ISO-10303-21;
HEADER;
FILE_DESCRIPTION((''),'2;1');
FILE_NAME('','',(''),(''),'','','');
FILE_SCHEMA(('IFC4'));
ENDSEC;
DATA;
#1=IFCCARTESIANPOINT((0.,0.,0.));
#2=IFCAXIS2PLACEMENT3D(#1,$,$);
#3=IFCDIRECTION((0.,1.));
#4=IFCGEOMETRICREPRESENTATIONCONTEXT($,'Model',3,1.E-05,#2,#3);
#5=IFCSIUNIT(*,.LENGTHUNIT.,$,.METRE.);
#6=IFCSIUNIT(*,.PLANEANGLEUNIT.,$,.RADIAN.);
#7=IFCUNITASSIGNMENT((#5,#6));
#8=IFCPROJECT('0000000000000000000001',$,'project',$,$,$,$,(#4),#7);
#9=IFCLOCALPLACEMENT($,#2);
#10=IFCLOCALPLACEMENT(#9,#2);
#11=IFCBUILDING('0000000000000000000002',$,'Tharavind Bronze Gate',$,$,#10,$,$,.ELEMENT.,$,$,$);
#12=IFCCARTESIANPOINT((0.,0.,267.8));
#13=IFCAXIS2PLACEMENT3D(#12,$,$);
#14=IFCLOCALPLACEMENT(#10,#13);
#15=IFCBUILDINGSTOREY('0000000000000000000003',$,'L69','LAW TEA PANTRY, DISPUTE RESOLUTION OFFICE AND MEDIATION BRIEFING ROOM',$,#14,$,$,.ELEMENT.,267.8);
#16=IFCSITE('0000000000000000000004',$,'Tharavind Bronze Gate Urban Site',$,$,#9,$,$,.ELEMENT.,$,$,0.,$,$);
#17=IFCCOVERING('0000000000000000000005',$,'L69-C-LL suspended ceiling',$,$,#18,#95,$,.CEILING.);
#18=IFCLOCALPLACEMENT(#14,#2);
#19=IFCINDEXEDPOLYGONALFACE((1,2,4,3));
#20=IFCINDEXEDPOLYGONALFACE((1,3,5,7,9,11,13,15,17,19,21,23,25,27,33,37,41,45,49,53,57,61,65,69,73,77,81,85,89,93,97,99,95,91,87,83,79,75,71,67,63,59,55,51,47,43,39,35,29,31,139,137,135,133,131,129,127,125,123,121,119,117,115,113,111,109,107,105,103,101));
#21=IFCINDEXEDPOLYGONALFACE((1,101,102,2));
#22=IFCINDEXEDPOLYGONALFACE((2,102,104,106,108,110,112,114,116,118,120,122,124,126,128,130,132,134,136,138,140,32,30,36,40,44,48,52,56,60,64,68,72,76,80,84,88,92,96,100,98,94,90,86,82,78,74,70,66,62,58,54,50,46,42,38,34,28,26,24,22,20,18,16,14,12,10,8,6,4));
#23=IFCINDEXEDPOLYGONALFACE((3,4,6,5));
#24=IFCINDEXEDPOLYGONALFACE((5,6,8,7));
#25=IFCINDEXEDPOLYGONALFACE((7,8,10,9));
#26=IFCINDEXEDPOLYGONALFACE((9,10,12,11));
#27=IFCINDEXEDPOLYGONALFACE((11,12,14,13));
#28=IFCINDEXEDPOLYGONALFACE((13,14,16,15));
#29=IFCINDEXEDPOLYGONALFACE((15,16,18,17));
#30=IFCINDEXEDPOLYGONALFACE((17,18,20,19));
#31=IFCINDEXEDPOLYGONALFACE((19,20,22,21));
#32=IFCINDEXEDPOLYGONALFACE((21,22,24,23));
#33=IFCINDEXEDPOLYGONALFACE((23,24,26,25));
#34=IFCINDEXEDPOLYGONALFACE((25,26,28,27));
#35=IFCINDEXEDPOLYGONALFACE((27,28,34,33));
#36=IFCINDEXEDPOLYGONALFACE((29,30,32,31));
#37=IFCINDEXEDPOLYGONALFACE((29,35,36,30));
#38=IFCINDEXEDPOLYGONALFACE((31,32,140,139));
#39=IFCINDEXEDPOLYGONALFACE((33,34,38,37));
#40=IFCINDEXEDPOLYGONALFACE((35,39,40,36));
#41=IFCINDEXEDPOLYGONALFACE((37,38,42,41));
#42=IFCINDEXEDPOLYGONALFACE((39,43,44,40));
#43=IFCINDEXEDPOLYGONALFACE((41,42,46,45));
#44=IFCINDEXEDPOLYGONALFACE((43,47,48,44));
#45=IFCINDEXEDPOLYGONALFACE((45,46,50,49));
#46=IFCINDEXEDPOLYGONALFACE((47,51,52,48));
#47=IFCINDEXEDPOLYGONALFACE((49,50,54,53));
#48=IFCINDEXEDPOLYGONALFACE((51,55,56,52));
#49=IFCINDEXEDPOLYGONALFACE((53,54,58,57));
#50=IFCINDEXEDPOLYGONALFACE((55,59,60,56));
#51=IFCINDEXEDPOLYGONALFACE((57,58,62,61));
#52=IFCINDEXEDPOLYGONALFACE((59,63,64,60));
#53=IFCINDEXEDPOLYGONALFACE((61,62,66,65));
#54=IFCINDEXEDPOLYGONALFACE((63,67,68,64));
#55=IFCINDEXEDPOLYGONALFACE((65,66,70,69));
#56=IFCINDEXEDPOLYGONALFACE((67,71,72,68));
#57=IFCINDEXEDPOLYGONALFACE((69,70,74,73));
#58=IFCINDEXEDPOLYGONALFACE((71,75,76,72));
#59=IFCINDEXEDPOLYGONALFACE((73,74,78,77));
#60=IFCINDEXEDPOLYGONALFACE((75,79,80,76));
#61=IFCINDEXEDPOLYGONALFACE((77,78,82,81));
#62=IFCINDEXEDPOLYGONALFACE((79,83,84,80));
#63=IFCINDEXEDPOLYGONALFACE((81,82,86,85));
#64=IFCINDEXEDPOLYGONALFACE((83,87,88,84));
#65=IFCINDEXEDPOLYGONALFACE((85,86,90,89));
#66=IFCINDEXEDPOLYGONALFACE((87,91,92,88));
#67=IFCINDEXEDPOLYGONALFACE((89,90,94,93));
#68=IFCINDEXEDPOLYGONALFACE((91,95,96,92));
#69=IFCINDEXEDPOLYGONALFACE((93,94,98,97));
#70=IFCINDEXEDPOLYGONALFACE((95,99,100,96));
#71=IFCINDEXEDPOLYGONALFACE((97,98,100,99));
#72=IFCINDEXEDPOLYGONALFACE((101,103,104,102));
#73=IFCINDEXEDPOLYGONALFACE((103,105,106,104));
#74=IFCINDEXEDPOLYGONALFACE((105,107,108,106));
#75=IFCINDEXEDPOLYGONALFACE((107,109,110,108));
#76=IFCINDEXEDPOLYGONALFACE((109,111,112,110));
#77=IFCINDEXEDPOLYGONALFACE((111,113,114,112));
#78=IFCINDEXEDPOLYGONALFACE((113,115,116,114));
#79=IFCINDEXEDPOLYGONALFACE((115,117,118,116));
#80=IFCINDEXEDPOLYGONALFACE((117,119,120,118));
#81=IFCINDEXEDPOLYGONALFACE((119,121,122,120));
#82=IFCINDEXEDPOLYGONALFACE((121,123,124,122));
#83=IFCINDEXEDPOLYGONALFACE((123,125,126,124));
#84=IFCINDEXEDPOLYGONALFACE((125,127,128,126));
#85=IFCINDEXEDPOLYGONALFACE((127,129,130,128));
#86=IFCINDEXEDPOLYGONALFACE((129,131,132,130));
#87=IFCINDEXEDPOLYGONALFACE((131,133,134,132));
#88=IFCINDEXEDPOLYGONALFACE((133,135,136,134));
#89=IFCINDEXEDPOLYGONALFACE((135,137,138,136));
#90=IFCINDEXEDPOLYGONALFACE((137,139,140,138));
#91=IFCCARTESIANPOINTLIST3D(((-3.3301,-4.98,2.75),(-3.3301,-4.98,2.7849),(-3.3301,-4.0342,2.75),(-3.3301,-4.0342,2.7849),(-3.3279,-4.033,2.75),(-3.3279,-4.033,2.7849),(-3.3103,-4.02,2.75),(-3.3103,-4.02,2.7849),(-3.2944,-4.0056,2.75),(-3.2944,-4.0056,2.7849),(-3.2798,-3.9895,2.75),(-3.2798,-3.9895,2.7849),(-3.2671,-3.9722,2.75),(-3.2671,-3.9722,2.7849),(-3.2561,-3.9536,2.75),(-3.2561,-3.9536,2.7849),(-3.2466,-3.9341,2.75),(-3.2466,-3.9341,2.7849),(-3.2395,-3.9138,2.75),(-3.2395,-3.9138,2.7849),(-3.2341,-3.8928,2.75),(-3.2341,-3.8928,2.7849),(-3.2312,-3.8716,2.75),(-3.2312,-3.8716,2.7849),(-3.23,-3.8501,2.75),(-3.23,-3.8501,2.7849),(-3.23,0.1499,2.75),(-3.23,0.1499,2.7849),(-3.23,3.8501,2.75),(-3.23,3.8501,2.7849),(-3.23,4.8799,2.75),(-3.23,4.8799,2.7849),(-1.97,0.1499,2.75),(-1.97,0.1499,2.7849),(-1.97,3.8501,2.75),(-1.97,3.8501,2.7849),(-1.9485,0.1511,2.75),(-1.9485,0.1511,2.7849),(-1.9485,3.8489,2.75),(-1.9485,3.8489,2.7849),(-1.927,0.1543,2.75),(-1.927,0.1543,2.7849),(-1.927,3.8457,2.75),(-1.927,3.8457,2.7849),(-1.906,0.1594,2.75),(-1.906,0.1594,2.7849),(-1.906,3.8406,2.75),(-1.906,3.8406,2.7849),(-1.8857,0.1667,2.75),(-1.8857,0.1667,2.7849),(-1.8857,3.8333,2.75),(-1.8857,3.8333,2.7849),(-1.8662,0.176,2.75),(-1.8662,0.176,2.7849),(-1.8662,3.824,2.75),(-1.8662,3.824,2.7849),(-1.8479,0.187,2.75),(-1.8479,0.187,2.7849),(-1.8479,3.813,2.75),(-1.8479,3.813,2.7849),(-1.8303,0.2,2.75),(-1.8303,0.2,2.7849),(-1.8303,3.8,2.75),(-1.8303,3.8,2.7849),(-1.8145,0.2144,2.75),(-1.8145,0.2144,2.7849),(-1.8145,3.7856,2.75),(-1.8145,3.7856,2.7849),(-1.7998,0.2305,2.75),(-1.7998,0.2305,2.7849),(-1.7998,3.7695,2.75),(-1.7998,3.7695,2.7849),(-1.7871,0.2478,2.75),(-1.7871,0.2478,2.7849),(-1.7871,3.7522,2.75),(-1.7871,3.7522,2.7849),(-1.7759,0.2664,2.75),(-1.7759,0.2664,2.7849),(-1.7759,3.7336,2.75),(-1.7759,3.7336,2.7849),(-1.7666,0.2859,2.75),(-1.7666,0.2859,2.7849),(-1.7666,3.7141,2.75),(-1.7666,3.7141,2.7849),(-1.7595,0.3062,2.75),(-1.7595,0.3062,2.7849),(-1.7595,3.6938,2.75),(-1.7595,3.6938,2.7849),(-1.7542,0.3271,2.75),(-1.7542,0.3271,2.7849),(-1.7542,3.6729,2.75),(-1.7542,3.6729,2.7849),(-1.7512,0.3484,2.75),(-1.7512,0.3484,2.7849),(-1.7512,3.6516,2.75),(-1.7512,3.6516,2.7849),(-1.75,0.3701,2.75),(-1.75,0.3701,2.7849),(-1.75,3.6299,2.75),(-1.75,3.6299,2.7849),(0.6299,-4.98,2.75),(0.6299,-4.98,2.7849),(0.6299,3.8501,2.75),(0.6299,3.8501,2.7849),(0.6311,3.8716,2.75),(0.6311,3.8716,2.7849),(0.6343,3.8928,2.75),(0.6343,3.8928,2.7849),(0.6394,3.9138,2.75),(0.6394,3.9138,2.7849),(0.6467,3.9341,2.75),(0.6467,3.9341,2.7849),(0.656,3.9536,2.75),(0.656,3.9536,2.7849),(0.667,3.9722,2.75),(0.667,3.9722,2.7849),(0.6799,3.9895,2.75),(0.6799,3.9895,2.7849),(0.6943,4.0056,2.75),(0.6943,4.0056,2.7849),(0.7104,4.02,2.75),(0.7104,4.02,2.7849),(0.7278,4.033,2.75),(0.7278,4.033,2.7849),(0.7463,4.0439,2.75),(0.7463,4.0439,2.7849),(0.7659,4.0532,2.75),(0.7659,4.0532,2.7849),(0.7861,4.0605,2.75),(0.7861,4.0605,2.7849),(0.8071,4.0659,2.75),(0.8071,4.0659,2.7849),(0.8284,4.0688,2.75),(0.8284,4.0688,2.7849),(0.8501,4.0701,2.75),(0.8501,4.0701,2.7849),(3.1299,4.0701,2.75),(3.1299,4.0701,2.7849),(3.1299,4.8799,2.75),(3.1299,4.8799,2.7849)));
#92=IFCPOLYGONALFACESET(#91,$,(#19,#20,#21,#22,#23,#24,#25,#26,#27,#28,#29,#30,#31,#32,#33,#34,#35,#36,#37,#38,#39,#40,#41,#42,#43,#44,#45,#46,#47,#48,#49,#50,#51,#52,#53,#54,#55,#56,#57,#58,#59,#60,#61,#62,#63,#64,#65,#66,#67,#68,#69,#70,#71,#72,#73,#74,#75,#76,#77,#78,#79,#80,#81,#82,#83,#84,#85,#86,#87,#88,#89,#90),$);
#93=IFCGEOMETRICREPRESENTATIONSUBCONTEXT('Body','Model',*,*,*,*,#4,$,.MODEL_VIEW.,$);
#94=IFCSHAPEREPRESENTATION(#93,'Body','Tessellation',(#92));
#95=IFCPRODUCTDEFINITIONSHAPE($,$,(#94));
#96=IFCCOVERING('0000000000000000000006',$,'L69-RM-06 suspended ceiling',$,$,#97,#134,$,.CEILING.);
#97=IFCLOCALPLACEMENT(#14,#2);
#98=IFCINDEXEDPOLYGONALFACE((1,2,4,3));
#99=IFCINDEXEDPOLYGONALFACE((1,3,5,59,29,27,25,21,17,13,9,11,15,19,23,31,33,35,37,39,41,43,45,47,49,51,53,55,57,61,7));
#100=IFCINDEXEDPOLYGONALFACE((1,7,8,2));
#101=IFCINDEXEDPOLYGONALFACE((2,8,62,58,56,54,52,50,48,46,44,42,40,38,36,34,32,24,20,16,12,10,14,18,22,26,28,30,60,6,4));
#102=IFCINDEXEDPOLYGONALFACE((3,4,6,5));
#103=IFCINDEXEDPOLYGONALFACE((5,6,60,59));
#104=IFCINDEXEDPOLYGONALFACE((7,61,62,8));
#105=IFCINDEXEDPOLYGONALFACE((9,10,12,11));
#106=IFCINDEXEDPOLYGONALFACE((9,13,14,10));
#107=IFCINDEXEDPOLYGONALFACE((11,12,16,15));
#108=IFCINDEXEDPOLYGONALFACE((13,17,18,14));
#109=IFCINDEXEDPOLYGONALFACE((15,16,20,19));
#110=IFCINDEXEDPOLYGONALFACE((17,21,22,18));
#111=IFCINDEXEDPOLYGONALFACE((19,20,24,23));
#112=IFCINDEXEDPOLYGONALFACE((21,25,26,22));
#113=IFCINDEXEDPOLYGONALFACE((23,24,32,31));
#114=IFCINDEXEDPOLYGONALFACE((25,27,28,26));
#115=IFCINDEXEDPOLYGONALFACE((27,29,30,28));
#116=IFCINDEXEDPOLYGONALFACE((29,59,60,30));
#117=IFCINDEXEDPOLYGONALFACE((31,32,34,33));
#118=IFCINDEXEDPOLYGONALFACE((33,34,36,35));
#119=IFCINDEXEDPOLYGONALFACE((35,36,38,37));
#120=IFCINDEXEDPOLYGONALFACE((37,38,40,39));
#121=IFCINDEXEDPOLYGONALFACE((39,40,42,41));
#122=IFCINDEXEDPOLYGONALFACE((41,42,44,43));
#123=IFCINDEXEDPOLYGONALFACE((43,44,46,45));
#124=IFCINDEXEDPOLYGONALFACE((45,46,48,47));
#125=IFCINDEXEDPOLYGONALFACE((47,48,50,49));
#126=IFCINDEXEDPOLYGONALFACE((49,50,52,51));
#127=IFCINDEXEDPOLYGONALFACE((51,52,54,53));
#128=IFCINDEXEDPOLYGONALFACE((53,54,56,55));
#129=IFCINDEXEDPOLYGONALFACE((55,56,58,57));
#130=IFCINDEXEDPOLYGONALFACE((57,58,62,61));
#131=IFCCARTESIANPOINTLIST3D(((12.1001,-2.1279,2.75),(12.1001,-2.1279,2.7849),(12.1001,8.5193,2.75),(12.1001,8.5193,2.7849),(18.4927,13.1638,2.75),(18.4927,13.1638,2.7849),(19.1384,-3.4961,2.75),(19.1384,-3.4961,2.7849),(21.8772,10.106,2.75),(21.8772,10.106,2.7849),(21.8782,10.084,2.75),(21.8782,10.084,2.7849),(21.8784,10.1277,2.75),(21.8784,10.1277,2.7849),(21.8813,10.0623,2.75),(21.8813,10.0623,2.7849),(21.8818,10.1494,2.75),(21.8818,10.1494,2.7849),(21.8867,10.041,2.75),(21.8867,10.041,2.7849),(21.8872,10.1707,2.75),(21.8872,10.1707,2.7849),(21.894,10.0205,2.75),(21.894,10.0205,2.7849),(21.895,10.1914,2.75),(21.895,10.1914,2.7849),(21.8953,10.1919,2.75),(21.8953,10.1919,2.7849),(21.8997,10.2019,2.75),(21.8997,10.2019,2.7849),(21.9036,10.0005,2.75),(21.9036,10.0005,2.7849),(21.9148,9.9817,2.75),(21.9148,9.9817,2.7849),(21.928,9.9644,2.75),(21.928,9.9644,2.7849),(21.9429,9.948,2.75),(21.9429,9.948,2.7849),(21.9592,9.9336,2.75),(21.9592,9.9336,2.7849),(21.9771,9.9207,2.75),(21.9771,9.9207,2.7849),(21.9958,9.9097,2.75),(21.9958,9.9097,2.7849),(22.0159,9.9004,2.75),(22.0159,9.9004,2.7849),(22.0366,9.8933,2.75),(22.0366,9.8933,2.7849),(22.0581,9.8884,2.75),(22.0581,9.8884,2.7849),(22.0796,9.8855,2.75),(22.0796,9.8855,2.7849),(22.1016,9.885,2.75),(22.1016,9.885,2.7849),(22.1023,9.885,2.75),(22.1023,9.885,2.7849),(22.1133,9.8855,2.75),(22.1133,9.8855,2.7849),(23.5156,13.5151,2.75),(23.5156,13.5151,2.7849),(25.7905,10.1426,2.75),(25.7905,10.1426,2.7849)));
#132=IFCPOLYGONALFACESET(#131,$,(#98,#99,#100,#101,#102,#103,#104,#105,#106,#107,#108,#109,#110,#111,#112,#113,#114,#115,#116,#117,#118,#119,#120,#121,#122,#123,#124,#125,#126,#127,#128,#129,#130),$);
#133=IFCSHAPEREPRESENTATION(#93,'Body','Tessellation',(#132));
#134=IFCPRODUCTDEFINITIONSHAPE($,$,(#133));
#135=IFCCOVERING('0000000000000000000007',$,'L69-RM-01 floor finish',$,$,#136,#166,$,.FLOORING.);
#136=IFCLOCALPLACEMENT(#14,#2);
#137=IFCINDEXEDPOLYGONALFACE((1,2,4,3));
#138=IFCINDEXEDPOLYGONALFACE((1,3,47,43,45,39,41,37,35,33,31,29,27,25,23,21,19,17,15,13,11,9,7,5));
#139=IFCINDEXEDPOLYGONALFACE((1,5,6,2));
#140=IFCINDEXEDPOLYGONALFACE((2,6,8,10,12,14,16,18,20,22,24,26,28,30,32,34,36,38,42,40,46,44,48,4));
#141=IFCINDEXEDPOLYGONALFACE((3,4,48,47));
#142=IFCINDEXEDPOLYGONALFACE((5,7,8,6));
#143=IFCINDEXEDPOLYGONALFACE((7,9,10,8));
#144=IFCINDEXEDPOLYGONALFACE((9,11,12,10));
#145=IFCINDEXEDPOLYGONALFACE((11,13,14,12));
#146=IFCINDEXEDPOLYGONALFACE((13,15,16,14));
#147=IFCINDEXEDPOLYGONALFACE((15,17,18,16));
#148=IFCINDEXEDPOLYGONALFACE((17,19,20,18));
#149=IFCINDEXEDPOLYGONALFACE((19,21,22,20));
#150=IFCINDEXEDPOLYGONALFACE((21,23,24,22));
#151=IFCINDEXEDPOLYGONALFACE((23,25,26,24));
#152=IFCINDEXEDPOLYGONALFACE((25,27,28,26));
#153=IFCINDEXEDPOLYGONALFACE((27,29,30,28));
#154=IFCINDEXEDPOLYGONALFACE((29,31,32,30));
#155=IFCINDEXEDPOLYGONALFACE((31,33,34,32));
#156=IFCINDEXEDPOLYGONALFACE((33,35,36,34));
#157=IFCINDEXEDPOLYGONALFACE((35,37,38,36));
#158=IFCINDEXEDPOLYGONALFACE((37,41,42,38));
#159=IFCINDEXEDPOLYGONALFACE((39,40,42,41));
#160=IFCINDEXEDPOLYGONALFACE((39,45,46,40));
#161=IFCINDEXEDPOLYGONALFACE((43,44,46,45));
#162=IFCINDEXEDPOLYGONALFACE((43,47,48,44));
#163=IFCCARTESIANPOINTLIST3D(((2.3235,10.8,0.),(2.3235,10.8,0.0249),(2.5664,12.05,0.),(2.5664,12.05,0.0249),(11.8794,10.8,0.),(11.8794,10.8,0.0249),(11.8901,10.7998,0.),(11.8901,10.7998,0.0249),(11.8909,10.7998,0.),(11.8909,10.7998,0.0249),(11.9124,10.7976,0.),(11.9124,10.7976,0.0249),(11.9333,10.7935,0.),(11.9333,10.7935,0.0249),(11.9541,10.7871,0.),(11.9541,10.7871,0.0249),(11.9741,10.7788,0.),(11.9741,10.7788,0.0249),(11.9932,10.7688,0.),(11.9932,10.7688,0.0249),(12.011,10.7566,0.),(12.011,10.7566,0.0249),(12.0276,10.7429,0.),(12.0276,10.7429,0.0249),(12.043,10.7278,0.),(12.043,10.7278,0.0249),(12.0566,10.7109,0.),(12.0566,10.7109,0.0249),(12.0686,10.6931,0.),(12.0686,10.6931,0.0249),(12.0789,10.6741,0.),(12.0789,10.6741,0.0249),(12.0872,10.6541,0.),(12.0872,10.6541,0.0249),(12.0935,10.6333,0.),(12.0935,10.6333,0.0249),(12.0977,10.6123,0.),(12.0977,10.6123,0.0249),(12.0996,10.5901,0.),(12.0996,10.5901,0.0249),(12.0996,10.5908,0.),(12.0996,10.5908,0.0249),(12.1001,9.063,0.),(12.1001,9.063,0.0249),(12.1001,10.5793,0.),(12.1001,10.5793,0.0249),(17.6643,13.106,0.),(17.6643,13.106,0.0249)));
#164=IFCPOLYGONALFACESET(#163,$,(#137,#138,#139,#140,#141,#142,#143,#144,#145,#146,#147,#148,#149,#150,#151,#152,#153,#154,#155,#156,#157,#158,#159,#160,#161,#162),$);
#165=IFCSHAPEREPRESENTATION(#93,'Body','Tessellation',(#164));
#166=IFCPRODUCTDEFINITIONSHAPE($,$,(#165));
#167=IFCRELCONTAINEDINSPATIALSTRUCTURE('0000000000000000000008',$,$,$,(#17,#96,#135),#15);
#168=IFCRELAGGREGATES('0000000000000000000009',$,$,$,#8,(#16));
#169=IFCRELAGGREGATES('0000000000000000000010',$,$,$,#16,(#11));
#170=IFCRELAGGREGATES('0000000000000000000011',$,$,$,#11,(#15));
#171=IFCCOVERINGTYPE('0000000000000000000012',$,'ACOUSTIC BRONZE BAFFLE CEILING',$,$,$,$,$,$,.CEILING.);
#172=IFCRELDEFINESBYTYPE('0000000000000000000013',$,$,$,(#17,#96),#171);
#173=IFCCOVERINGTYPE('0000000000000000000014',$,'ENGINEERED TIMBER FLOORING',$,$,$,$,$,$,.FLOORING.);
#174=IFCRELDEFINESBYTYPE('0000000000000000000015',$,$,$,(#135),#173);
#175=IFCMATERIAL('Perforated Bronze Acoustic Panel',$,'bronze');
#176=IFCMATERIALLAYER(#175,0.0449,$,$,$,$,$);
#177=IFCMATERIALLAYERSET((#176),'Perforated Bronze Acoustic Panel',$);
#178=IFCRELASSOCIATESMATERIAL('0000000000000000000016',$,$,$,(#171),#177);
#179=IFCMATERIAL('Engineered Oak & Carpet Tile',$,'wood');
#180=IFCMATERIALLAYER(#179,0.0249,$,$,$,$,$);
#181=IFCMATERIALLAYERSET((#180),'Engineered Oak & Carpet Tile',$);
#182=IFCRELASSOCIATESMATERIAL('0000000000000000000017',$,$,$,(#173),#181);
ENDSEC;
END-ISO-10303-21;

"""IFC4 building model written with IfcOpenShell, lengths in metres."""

from ifc_helpers import new_model, si_unit, direction, frame, origin, place, context, subcontext, project, spatial, polyline, outline, extrude, material, layer, layer_set, type_object, element, save


model = new_model("IFC4")

# Units and contexts
model_context = context("Model", 3, precision=1e-05, world=origin(), true_north=direction((0.0, 1.0)))
body_context = subcontext(model_context, "Body", "Model", "MODEL_VIEW")
ifc_project = project(units=[si_unit("LENGTHUNIT", "METRE"), si_unit("PLANEANGLEUNIT", "RADIAN")], contexts=[model_context])

# Site, building, storey
site_placement = place(None, origin())
site = spatial("IfcSite", under=ifc_project, at=site_placement, Name="Tharavind Bronze Gate Urban Site", CompositionType="ELEMENT", RefElevation=0.0)
building_placement = place(site_placement, origin())
building = spatial("IfcBuilding", under=site, at=building_placement, Name="Tharavind Bronze Gate", CompositionType="ELEMENT")
storey_placement = place(building_placement, frame((0.0, 0.0, 267.8)))
storey = spatial("IfcBuildingStorey", under=building, at=storey_placement, Name="L69", Description="LAW TEA PANTRY, DISPUTE RESOLUTION OFFICE AND MEDIATION BRIEFING ROOM", CompositionType="ELEMENT", Elevation=267.8)

# Coverings
ifc_material_1 = material(Name="Perforated Bronze Acoustic Panel", Category="bronze")
ifc_layer_1 = layer(ifc_material_1, 0.0449)
ifc_layer_set_1 = layer_set([ifc_layer_1], Name="Perforated Bronze Acoustic Panel")
covering_type_1 = type_object("IfcCoveringType", Name="ACOUSTIC BRONZE BAFFLE CEILING", PredefinedType="CEILING", material=ifc_layer_set_1)
covering_1_placement = place(storey_placement, frame((0.0, 0.0, 2.75)))
element("IfcCovering", 1, at=covering_1_placement, inside=storey, type_object=covering_type_1, Name="L69-C-LL suspended ceiling", PredefinedType="CEILING", context=body_context, shape_type="SweptSolid", body=[
    extrude(outline(polyline([(-3.3301, -4.98), (0.6299, -4.98), (0.6299, 3.8501), (0.6311, 3.8716), (0.6343, 3.8928), (0.6394, 3.9138), (0.6467, 3.9341), (0.656, 3.9536), (0.667, 3.9722), (0.6799, 3.9895), (0.6943, 4.0056), (0.7104, 4.02), (0.7278, 4.033), (0.7463, 4.0439), (0.7659, 4.0532), (0.7861, 4.0605), (0.8071, 4.0659), (0.8284, 4.0688), (0.8501, 4.0701), (3.1299, 4.0701), (3.1299, 4.8799), (-3.23, 4.8799), (-3.23, 3.8501), (-1.97, 3.8501), (-1.9485, 3.8489), (-1.927, 3.8457), (-1.906, 3.8406), (-1.8857, 3.8333), (-1.8662, 3.824), (-1.8479, 3.813), (-1.8303, 3.8), (-1.8145, 3.7856), (-1.7998, 3.7695), (-1.7871, 3.7522), (-1.7759, 3.7336), (-1.7666, 3.7141), (-1.7595, 3.6938), (-1.7542, 3.6729), (-1.7512, 3.6516), (-1.75, 3.6299), (-1.75, 0.3701), (-1.7512, 0.3484), (-1.7542, 0.3271), (-1.7595, 0.3062), (-1.7666, 0.2859), (-1.7759, 0.2664), (-1.7871, 0.2478), (-1.7998, 0.2305), (-1.8145, 0.2144), (-1.8303, 0.2), (-1.8479, 0.187), (-1.8662, 0.176), (-1.8857, 0.1667), (-1.906, 0.1594), (-1.927, 0.1543), (-1.9485, 0.1511), (-1.97, 0.1499), (-3.23, 0.1499), (-3.23, -3.8501), (-3.2312, -3.8716), (-3.2341, -3.8928), (-3.2395, -3.9138), (-3.2466, -3.9341), (-3.2561, -3.9536), (-3.2671, -3.9722), (-3.2798, -3.9895), (-3.2944, -4.0056), (-3.3103, -4.02), (-3.3279, -4.033), (-3.3301, -4.0342), (-3.3301, -4.98)])), origin(), (0.0, 0.0, 1.0), 0.0349),
])
covering_2_placement = place(storey_placement, frame((0.0, 0.0, 2.75)))
element("IfcCovering", 2, at=covering_2_placement, inside=storey, type_object=covering_type_1, Name="L69-RM-06 suspended ceiling", PredefinedType="CEILING", context=body_context, shape_type="SweptSolid", body=[
    extrude(outline(polyline([(19.1384, -3.4961), (25.7905, 10.1426), (22.1133, 9.8855), (22.1023, 9.885), (22.1016, 9.885), (22.0796, 9.8855), (22.0581, 9.8884), (22.0366, 9.8933), (22.0159, 9.9004), (21.9958, 9.9097), (21.9771, 9.9207), (21.9592, 9.9336), (21.9429, 9.948), (21.928, 9.9644), (21.9148, 9.9817), (21.9036, 10.0005), (21.894, 10.0205), (21.8867, 10.041), (21.8813, 10.0623), (21.8782, 10.084), (21.8772, 10.106), (21.8784, 10.1277), (21.8818, 10.1494), (21.8872, 10.1707), (21.895, 10.1914), (21.8953, 10.1919), (21.8997, 10.2019), (23.5156, 13.5151), (18.4927, 13.1638), (12.1001, 8.5193), (12.1001, -2.1279), (19.1384, -3.4961)])), origin(), (0.0, 0.0, 1.0), 0.0349),
])
ifc_material_2 = material(Name="Engineered Oak & Carpet Tile", Category="wood")
ifc_layer_2 = layer(ifc_material_2, 0.0249)
ifc_layer_set_2 = layer_set([ifc_layer_2], Name="Engineered Oak & Carpet Tile")
covering_type_2 = type_object("IfcCoveringType", Name="ENGINEERED TIMBER FLOORING", PredefinedType="FLOORING", material=ifc_layer_set_2)
covering_3_placement = place(storey_placement, origin())
element("IfcCovering", 3, at=covering_3_placement, inside=storey, type_object=covering_type_2, Name="L69-RM-01 floor finish", PredefinedType="FLOORING", context=body_context, shape_type="SweptSolid", body=[
    extrude(outline(polyline([(11.8794, 10.8), (11.8901, 10.7998), (11.8909, 10.7998), (11.9124, 10.7976), (11.9333, 10.7935), (11.9541, 10.7871), (11.9741, 10.7788), (11.9932, 10.7688), (12.011, 10.7566), (12.0276, 10.7429), (12.043, 10.7278), (12.0566, 10.7109), (12.0686, 10.6931), (12.0789, 10.6741), (12.0872, 10.6541), (12.0935, 10.6333), (12.0977, 10.6123), (12.0996, 10.5908), (12.0996, 10.5901), (12.1001, 10.5793), (12.1001, 9.063), (17.6643, 13.106), (2.5664, 12.05), (2.3235, 10.8), (11.8794, 10.8)])), origin(), (0.0, 0.0, 1.0), 0.0249),
])

save(model, "model.ifc")
